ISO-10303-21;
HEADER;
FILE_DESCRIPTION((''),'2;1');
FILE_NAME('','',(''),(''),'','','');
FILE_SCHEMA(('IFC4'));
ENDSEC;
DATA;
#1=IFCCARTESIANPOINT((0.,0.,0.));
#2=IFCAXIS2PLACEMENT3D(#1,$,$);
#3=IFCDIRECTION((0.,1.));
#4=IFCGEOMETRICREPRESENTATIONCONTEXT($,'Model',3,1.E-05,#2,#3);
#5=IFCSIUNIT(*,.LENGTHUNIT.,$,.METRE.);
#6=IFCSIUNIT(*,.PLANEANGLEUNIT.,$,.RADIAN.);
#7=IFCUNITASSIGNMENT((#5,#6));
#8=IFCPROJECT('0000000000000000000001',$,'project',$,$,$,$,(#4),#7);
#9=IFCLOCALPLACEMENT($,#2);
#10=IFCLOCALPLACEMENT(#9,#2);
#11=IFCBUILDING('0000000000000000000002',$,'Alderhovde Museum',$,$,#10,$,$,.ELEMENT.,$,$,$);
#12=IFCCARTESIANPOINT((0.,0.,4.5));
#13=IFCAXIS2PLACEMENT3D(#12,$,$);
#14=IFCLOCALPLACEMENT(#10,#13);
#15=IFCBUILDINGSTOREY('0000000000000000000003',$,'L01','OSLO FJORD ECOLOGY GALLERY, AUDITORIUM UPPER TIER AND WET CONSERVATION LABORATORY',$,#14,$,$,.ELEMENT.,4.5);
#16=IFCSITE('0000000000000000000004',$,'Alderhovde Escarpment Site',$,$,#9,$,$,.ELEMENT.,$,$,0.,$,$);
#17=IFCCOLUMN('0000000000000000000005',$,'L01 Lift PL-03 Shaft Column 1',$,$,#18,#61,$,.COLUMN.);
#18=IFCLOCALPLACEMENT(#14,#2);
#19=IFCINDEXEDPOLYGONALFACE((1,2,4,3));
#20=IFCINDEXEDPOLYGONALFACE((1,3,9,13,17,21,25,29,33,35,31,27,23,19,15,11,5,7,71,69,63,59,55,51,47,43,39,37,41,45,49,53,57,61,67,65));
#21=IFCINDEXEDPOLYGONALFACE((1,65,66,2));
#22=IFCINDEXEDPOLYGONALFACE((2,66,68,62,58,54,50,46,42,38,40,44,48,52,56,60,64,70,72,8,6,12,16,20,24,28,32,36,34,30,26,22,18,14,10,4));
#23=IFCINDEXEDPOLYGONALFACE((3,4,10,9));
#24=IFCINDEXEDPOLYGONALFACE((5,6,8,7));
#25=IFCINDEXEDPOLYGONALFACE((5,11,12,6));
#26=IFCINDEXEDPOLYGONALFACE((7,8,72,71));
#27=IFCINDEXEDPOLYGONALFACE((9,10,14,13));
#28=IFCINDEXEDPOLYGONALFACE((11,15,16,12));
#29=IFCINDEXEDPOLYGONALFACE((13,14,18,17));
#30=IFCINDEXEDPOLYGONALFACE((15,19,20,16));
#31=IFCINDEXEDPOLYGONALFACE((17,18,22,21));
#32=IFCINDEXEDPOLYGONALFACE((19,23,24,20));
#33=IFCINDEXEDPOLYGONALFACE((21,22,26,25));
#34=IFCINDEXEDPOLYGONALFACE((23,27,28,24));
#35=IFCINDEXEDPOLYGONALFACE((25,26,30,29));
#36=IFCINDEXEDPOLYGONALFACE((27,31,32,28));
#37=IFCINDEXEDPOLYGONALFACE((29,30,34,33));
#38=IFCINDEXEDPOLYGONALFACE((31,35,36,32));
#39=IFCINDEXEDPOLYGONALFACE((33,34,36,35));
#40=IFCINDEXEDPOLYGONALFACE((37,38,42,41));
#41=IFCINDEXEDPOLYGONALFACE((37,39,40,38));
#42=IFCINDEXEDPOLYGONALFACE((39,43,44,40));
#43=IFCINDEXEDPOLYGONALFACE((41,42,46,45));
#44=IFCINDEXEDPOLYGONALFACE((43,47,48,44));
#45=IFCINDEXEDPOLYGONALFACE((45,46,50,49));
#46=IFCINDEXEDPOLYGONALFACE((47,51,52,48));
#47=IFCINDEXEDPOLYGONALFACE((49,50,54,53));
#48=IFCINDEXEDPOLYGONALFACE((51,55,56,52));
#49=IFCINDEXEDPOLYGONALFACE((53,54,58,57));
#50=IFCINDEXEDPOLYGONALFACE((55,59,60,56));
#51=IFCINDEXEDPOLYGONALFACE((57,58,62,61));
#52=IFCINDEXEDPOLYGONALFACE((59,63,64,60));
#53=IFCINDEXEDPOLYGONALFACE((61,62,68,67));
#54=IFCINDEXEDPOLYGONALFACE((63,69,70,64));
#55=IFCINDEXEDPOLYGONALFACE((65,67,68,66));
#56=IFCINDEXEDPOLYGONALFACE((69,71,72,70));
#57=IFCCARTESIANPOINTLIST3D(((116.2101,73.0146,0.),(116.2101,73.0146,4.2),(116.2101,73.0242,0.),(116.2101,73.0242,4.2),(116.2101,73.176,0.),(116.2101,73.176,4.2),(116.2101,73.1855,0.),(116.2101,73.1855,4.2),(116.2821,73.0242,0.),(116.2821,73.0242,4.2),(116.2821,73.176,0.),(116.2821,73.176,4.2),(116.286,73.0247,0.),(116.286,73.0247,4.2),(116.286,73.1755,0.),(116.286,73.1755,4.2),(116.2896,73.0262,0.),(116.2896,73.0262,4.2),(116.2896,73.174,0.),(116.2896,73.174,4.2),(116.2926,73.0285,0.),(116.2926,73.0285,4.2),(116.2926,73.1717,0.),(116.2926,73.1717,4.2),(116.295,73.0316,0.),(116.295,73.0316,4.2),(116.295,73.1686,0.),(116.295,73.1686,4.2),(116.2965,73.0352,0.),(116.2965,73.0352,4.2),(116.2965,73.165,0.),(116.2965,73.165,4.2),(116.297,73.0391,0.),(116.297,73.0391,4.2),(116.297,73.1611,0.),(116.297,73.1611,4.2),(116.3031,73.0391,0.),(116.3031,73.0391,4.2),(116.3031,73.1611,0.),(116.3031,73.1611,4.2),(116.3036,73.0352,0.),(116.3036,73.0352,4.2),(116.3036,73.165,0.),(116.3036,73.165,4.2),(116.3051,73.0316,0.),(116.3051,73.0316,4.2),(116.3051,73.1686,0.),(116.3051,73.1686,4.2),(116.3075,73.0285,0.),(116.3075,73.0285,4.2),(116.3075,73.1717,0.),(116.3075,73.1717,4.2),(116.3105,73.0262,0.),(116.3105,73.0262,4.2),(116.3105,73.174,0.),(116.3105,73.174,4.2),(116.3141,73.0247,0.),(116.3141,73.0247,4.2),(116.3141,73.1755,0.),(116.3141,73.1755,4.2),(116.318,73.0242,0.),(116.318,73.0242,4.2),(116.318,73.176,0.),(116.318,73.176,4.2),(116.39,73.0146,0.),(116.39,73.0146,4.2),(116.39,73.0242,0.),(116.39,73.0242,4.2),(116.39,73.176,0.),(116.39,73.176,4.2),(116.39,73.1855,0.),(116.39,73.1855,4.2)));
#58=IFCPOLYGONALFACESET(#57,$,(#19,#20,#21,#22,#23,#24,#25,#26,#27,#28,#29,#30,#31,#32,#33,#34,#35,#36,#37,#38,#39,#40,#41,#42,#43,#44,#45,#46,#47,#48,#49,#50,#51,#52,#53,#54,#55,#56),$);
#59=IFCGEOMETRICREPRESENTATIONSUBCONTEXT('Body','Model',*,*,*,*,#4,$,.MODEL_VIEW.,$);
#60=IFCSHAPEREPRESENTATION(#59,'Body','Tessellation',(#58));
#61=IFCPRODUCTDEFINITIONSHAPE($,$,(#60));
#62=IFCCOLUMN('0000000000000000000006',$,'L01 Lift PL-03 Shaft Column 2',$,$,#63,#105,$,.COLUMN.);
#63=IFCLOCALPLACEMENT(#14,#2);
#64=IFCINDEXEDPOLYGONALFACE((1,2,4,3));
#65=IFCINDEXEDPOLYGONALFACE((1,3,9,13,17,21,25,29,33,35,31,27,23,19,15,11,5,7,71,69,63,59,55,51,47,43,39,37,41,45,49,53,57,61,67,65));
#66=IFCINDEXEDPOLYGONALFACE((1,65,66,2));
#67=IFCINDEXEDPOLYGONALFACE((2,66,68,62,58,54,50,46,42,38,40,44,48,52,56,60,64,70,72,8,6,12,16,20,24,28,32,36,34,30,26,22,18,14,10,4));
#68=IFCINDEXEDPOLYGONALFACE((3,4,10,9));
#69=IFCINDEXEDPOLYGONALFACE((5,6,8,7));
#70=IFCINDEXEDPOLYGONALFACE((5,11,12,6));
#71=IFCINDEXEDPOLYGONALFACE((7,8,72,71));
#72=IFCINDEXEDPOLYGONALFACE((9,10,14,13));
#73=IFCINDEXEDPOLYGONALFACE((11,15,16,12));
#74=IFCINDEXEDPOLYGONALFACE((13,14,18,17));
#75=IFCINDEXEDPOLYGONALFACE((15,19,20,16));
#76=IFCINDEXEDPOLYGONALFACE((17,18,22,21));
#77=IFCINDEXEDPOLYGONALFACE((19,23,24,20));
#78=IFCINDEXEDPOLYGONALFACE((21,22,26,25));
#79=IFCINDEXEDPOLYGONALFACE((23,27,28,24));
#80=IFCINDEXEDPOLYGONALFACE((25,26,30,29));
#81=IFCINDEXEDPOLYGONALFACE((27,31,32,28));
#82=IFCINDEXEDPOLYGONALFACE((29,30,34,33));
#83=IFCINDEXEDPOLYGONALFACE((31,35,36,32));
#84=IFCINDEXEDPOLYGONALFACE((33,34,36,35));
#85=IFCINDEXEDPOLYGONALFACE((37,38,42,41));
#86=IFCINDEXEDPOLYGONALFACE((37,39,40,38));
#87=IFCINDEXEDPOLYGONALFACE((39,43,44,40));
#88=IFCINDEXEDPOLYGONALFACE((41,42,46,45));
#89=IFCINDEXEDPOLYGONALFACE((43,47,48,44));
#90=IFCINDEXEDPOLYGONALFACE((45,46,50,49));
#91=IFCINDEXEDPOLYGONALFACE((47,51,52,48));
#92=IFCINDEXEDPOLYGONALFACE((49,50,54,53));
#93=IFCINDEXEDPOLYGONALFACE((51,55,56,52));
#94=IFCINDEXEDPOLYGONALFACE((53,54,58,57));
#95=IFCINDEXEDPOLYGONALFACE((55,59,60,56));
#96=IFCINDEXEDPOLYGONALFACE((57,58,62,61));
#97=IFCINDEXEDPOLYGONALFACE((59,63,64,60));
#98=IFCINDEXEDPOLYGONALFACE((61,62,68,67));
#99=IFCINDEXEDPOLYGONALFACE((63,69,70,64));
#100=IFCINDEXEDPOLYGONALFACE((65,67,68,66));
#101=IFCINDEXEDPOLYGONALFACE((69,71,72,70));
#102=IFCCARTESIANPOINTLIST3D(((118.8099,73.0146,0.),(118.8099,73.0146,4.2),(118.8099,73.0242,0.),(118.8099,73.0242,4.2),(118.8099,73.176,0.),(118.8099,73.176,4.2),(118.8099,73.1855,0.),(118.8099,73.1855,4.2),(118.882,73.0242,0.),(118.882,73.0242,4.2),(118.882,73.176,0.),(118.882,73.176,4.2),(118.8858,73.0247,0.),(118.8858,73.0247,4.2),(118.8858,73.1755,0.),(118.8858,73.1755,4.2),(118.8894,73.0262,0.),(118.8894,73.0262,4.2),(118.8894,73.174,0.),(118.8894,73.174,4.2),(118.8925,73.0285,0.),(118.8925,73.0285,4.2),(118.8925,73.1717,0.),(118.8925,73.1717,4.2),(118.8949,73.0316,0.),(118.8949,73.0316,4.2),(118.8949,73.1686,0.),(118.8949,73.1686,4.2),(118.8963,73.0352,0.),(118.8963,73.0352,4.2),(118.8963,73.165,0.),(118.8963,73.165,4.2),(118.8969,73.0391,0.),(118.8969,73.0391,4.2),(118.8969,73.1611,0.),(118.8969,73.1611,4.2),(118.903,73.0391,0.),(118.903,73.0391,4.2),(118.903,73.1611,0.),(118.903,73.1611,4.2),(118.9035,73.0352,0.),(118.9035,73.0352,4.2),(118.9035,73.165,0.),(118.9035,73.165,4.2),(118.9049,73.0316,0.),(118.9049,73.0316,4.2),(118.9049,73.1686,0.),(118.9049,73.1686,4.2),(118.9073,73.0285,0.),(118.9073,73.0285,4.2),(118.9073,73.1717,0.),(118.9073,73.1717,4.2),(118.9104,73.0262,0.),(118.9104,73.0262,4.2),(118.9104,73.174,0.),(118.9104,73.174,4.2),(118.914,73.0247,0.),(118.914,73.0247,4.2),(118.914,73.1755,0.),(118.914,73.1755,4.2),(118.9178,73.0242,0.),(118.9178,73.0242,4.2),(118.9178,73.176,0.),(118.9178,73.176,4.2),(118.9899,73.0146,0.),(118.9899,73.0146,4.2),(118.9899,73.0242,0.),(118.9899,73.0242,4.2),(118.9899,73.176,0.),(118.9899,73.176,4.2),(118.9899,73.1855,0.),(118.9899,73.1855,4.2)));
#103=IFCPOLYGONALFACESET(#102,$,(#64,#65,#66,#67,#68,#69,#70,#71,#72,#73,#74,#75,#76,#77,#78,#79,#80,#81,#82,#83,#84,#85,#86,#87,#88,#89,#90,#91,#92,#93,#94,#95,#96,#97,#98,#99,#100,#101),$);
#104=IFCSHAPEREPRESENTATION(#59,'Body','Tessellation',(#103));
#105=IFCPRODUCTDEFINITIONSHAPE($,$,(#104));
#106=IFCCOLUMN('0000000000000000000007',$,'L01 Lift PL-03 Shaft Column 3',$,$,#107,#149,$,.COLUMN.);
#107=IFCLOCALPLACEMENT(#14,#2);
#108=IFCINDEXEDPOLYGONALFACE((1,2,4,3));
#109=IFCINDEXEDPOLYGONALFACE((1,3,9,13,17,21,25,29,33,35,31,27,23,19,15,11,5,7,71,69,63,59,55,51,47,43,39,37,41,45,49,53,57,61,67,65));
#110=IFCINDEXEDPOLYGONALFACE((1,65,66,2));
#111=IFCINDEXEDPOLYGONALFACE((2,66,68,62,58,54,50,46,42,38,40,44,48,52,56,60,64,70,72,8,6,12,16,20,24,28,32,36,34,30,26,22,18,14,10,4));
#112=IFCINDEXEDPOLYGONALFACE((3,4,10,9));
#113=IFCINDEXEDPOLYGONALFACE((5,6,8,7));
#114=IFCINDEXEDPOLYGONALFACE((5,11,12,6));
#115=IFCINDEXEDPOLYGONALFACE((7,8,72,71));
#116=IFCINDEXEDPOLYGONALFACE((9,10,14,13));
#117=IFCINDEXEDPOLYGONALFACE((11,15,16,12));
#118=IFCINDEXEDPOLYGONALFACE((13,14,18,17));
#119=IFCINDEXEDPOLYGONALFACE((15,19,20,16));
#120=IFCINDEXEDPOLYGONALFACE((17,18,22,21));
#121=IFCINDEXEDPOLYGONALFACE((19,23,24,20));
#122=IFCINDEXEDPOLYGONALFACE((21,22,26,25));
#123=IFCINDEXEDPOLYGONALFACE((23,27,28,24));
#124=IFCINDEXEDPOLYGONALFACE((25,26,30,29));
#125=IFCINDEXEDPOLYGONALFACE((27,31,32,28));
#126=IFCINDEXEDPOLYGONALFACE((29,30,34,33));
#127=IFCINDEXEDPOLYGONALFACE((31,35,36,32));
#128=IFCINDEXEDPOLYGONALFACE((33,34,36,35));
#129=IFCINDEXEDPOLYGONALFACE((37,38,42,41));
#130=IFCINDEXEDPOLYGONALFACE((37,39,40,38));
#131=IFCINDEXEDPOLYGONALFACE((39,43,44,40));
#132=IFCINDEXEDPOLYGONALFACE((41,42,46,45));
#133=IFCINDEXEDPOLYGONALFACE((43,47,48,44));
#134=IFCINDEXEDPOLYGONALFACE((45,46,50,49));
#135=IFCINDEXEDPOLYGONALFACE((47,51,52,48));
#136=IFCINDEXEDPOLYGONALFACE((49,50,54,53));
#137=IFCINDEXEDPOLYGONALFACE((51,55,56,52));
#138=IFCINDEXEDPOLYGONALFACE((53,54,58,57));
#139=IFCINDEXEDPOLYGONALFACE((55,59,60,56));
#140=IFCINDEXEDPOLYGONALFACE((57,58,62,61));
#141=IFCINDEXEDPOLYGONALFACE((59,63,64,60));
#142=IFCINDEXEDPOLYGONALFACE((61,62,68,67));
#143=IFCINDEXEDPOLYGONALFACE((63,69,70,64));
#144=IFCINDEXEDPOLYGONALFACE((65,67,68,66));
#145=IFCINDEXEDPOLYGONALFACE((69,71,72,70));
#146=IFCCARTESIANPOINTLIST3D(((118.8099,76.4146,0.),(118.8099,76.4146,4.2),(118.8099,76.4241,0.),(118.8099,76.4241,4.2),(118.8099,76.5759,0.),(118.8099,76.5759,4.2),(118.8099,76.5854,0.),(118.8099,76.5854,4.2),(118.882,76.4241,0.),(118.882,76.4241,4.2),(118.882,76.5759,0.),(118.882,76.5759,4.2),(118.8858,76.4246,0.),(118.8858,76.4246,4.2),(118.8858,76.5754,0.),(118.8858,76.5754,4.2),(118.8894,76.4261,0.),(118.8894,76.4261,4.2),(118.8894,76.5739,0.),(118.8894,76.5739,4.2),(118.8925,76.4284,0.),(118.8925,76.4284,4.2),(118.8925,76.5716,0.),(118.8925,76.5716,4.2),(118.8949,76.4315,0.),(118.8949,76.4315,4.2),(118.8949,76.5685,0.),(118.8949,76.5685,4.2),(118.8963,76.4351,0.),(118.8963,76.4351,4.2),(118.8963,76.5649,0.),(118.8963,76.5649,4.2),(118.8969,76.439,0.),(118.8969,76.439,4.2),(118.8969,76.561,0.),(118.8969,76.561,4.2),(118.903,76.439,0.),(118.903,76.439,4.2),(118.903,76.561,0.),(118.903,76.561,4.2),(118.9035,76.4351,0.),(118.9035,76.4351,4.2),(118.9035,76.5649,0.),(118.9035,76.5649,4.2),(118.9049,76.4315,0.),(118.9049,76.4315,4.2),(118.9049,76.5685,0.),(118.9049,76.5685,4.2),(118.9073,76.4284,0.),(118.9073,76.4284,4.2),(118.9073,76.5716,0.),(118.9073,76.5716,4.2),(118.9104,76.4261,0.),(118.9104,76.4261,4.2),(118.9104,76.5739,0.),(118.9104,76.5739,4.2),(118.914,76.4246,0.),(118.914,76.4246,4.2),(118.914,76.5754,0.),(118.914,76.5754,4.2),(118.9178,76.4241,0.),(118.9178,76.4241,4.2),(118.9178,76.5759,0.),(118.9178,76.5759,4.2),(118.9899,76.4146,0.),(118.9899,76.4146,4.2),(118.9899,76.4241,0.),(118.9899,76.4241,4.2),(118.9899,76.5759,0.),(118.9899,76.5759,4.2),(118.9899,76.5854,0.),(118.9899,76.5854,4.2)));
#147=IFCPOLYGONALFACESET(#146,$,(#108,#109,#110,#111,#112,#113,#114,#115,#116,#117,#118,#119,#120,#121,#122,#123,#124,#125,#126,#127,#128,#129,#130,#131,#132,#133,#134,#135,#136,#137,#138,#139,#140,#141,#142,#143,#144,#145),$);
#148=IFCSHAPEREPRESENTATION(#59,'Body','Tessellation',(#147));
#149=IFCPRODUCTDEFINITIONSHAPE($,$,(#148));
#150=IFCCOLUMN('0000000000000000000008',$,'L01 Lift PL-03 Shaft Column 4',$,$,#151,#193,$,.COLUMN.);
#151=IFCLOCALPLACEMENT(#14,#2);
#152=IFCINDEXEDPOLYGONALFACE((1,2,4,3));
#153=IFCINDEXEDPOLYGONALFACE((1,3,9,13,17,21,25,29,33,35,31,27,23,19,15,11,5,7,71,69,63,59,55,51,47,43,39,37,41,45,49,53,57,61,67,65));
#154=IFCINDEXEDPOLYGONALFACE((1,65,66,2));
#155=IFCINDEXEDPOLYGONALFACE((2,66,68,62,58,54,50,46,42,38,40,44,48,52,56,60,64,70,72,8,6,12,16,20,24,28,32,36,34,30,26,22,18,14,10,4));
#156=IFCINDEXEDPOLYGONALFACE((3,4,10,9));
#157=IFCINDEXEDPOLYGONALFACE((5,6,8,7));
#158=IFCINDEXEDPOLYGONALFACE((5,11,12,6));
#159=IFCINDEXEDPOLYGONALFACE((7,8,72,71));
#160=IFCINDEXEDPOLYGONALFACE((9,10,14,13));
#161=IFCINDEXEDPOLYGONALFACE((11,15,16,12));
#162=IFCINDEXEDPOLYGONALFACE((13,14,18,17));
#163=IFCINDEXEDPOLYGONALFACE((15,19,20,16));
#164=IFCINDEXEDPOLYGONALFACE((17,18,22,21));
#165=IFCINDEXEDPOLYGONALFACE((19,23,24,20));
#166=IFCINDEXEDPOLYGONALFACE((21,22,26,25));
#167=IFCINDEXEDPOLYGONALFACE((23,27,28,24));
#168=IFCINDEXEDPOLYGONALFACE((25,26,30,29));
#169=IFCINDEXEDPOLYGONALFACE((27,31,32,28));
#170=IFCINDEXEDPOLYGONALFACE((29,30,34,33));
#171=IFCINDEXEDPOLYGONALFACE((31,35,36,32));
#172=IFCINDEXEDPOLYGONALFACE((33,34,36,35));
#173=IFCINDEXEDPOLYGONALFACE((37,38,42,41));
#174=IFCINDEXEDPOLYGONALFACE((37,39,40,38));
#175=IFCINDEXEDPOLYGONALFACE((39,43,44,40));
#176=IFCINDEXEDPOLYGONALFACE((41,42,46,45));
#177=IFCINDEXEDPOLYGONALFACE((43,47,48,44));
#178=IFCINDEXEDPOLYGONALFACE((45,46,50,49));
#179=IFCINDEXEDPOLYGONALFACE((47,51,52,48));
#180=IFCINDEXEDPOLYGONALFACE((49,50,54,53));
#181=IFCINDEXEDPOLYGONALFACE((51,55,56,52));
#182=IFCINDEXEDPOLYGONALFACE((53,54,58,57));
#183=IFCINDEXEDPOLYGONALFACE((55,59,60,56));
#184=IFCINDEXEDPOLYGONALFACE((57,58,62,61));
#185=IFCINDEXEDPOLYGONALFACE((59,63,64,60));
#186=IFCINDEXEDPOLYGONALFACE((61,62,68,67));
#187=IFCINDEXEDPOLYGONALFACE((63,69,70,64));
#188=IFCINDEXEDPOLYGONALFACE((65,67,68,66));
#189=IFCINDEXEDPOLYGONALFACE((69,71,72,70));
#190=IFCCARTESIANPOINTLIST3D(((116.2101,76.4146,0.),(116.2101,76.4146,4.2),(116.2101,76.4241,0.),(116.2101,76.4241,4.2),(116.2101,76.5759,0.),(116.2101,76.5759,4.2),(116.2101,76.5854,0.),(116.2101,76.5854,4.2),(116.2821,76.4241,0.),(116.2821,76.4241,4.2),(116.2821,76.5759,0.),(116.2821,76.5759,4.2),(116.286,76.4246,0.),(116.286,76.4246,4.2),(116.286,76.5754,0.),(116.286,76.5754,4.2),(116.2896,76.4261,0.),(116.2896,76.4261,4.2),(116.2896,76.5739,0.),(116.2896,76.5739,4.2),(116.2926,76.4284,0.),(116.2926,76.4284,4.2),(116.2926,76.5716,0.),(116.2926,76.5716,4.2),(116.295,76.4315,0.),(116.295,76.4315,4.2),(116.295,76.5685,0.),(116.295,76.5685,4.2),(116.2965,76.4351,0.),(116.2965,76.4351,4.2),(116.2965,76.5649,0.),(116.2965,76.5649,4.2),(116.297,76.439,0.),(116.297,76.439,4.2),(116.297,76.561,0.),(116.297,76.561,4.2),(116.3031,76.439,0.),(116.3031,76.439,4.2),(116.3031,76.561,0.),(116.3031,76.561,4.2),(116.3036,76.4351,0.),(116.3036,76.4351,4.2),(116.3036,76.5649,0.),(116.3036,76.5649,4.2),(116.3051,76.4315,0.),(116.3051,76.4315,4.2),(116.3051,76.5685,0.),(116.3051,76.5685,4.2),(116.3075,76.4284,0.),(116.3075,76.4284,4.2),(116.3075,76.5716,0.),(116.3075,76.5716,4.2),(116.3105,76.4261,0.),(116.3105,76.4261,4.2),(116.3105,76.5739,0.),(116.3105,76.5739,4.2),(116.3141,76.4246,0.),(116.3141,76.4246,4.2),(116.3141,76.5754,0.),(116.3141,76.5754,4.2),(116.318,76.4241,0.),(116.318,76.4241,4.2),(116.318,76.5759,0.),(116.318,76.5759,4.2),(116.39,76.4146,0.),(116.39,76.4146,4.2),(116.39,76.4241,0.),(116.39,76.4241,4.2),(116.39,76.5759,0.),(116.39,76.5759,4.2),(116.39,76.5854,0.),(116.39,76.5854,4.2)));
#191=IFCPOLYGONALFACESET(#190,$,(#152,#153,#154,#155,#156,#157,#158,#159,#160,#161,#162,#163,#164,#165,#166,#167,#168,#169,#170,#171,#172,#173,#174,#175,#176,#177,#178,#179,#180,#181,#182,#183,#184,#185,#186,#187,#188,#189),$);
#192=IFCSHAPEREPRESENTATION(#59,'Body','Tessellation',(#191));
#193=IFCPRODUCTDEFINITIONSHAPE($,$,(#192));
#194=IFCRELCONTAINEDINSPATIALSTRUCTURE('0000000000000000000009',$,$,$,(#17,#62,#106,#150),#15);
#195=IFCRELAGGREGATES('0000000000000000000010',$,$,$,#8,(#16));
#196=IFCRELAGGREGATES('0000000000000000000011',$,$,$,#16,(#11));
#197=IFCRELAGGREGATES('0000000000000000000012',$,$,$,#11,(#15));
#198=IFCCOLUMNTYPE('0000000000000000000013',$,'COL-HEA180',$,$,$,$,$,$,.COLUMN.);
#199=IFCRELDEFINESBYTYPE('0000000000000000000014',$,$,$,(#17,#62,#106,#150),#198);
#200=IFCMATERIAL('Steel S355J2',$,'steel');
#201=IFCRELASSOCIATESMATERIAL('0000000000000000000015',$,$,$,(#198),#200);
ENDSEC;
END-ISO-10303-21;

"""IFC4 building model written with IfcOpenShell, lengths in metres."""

from ifc_helpers import new_model, si_unit, direction, frame, origin, origin_2d, place, context, subcontext, project, spatial, i_section, extrude, material, material_profile, profile_set, type_object, element, save


model = new_model("IFC4")

# Units and contexts
model_context = context("Model", 3, precision=1e-05, world=origin(), true_north=direction((0.0, 1.0)))
body_context = subcontext(model_context, "Body", "Model", "MODEL_VIEW")
ifc_project = project(units=[si_unit("LENGTHUNIT", "METRE"), si_unit("PLANEANGLEUNIT", "RADIAN")], contexts=[model_context])

# Site, building, storey
site_placement = place(None, origin())
site = spatial("IfcSite", under=ifc_project, at=site_placement, Name="Alderhovde Escarpment Site", CompositionType="ELEMENT", RefElevation=0.0)
building_placement = place(site_placement, origin())
building = spatial("IfcBuilding", under=site, at=building_placement, Name="Alderhovde Museum", CompositionType="ELEMENT")
storey_placement = place(building_placement, frame((0.0, 0.0, 4.5)))
storey = spatial("IfcBuildingStorey", under=building, at=storey_placement, Name="L01", Description="OSLO FJORD ECOLOGY GALLERY, AUDITORIUM UPPER TIER AND WET CONSERVATION LABORATORY", CompositionType="ELEMENT", Elevation=4.5)

# Columns
ifc_material_1 = material(Name="Steel S355J2", Category="steel")
ifc_material_profile_1 = material_profile(ifc_material_1, i_section(OverallWidth=0.1799, OverallDepth=0.1709, WebThickness=0.0061, FlangeThickness=0.0095, FilletRadius=0.0149, at=origin_2d()), Name="HEA 180")
ifc_profile_set_1 = profile_set([ifc_material_profile_1], Name="Steel S355J2")
column_type_1 = type_object("IfcColumnType", Name="COL-HEA180", PredefinedType="COLUMN", material=ifc_profile_set_1)
for number, where, z_axis, x_axis, name in (
    (1, (116.3, 73.1001, 0.0), (0.0, 0.0, 1.0), (1.0, 0.0, 0.0), "L01 Lift PL-03 Shaft Column 1"),
    (2, (118.8999, 73.1001, 0.0), (0.0, 0.0, 1.0), (1.0, 0.0, 0.0), "L01 Lift PL-03 Shaft Column 2"),
    (3, (118.8999, 76.5, 0.0), (0.0, 0.0, 1.0), (1.0, 0.0, 0.0), "L01 Lift PL-03 Shaft Column 3"),
    (4, (116.3, 76.5, 0.0), (0.0, 0.0, 1.0), (1.0, 0.0, 0.0), "L01 Lift PL-03 Shaft Column 4"),
):
    element("IfcColumn", number, at=place(storey_placement, frame(where, z_axis=z_axis, x_axis=x_axis)), inside=storey, type_object=column_type_1, Name=name, PredefinedType="COLUMN", context=body_context, shape_type="SweptSolid", body=[
        extrude(i_section(OverallWidth=0.1799, OverallDepth=0.1709, WebThickness=0.0061, FlangeThickness=0.0095, FilletRadius=0.0149, at=origin_2d()), origin(), (0.0, 0.0, 1.0), 4.2),
    ])

save(model, "model.ifc")
